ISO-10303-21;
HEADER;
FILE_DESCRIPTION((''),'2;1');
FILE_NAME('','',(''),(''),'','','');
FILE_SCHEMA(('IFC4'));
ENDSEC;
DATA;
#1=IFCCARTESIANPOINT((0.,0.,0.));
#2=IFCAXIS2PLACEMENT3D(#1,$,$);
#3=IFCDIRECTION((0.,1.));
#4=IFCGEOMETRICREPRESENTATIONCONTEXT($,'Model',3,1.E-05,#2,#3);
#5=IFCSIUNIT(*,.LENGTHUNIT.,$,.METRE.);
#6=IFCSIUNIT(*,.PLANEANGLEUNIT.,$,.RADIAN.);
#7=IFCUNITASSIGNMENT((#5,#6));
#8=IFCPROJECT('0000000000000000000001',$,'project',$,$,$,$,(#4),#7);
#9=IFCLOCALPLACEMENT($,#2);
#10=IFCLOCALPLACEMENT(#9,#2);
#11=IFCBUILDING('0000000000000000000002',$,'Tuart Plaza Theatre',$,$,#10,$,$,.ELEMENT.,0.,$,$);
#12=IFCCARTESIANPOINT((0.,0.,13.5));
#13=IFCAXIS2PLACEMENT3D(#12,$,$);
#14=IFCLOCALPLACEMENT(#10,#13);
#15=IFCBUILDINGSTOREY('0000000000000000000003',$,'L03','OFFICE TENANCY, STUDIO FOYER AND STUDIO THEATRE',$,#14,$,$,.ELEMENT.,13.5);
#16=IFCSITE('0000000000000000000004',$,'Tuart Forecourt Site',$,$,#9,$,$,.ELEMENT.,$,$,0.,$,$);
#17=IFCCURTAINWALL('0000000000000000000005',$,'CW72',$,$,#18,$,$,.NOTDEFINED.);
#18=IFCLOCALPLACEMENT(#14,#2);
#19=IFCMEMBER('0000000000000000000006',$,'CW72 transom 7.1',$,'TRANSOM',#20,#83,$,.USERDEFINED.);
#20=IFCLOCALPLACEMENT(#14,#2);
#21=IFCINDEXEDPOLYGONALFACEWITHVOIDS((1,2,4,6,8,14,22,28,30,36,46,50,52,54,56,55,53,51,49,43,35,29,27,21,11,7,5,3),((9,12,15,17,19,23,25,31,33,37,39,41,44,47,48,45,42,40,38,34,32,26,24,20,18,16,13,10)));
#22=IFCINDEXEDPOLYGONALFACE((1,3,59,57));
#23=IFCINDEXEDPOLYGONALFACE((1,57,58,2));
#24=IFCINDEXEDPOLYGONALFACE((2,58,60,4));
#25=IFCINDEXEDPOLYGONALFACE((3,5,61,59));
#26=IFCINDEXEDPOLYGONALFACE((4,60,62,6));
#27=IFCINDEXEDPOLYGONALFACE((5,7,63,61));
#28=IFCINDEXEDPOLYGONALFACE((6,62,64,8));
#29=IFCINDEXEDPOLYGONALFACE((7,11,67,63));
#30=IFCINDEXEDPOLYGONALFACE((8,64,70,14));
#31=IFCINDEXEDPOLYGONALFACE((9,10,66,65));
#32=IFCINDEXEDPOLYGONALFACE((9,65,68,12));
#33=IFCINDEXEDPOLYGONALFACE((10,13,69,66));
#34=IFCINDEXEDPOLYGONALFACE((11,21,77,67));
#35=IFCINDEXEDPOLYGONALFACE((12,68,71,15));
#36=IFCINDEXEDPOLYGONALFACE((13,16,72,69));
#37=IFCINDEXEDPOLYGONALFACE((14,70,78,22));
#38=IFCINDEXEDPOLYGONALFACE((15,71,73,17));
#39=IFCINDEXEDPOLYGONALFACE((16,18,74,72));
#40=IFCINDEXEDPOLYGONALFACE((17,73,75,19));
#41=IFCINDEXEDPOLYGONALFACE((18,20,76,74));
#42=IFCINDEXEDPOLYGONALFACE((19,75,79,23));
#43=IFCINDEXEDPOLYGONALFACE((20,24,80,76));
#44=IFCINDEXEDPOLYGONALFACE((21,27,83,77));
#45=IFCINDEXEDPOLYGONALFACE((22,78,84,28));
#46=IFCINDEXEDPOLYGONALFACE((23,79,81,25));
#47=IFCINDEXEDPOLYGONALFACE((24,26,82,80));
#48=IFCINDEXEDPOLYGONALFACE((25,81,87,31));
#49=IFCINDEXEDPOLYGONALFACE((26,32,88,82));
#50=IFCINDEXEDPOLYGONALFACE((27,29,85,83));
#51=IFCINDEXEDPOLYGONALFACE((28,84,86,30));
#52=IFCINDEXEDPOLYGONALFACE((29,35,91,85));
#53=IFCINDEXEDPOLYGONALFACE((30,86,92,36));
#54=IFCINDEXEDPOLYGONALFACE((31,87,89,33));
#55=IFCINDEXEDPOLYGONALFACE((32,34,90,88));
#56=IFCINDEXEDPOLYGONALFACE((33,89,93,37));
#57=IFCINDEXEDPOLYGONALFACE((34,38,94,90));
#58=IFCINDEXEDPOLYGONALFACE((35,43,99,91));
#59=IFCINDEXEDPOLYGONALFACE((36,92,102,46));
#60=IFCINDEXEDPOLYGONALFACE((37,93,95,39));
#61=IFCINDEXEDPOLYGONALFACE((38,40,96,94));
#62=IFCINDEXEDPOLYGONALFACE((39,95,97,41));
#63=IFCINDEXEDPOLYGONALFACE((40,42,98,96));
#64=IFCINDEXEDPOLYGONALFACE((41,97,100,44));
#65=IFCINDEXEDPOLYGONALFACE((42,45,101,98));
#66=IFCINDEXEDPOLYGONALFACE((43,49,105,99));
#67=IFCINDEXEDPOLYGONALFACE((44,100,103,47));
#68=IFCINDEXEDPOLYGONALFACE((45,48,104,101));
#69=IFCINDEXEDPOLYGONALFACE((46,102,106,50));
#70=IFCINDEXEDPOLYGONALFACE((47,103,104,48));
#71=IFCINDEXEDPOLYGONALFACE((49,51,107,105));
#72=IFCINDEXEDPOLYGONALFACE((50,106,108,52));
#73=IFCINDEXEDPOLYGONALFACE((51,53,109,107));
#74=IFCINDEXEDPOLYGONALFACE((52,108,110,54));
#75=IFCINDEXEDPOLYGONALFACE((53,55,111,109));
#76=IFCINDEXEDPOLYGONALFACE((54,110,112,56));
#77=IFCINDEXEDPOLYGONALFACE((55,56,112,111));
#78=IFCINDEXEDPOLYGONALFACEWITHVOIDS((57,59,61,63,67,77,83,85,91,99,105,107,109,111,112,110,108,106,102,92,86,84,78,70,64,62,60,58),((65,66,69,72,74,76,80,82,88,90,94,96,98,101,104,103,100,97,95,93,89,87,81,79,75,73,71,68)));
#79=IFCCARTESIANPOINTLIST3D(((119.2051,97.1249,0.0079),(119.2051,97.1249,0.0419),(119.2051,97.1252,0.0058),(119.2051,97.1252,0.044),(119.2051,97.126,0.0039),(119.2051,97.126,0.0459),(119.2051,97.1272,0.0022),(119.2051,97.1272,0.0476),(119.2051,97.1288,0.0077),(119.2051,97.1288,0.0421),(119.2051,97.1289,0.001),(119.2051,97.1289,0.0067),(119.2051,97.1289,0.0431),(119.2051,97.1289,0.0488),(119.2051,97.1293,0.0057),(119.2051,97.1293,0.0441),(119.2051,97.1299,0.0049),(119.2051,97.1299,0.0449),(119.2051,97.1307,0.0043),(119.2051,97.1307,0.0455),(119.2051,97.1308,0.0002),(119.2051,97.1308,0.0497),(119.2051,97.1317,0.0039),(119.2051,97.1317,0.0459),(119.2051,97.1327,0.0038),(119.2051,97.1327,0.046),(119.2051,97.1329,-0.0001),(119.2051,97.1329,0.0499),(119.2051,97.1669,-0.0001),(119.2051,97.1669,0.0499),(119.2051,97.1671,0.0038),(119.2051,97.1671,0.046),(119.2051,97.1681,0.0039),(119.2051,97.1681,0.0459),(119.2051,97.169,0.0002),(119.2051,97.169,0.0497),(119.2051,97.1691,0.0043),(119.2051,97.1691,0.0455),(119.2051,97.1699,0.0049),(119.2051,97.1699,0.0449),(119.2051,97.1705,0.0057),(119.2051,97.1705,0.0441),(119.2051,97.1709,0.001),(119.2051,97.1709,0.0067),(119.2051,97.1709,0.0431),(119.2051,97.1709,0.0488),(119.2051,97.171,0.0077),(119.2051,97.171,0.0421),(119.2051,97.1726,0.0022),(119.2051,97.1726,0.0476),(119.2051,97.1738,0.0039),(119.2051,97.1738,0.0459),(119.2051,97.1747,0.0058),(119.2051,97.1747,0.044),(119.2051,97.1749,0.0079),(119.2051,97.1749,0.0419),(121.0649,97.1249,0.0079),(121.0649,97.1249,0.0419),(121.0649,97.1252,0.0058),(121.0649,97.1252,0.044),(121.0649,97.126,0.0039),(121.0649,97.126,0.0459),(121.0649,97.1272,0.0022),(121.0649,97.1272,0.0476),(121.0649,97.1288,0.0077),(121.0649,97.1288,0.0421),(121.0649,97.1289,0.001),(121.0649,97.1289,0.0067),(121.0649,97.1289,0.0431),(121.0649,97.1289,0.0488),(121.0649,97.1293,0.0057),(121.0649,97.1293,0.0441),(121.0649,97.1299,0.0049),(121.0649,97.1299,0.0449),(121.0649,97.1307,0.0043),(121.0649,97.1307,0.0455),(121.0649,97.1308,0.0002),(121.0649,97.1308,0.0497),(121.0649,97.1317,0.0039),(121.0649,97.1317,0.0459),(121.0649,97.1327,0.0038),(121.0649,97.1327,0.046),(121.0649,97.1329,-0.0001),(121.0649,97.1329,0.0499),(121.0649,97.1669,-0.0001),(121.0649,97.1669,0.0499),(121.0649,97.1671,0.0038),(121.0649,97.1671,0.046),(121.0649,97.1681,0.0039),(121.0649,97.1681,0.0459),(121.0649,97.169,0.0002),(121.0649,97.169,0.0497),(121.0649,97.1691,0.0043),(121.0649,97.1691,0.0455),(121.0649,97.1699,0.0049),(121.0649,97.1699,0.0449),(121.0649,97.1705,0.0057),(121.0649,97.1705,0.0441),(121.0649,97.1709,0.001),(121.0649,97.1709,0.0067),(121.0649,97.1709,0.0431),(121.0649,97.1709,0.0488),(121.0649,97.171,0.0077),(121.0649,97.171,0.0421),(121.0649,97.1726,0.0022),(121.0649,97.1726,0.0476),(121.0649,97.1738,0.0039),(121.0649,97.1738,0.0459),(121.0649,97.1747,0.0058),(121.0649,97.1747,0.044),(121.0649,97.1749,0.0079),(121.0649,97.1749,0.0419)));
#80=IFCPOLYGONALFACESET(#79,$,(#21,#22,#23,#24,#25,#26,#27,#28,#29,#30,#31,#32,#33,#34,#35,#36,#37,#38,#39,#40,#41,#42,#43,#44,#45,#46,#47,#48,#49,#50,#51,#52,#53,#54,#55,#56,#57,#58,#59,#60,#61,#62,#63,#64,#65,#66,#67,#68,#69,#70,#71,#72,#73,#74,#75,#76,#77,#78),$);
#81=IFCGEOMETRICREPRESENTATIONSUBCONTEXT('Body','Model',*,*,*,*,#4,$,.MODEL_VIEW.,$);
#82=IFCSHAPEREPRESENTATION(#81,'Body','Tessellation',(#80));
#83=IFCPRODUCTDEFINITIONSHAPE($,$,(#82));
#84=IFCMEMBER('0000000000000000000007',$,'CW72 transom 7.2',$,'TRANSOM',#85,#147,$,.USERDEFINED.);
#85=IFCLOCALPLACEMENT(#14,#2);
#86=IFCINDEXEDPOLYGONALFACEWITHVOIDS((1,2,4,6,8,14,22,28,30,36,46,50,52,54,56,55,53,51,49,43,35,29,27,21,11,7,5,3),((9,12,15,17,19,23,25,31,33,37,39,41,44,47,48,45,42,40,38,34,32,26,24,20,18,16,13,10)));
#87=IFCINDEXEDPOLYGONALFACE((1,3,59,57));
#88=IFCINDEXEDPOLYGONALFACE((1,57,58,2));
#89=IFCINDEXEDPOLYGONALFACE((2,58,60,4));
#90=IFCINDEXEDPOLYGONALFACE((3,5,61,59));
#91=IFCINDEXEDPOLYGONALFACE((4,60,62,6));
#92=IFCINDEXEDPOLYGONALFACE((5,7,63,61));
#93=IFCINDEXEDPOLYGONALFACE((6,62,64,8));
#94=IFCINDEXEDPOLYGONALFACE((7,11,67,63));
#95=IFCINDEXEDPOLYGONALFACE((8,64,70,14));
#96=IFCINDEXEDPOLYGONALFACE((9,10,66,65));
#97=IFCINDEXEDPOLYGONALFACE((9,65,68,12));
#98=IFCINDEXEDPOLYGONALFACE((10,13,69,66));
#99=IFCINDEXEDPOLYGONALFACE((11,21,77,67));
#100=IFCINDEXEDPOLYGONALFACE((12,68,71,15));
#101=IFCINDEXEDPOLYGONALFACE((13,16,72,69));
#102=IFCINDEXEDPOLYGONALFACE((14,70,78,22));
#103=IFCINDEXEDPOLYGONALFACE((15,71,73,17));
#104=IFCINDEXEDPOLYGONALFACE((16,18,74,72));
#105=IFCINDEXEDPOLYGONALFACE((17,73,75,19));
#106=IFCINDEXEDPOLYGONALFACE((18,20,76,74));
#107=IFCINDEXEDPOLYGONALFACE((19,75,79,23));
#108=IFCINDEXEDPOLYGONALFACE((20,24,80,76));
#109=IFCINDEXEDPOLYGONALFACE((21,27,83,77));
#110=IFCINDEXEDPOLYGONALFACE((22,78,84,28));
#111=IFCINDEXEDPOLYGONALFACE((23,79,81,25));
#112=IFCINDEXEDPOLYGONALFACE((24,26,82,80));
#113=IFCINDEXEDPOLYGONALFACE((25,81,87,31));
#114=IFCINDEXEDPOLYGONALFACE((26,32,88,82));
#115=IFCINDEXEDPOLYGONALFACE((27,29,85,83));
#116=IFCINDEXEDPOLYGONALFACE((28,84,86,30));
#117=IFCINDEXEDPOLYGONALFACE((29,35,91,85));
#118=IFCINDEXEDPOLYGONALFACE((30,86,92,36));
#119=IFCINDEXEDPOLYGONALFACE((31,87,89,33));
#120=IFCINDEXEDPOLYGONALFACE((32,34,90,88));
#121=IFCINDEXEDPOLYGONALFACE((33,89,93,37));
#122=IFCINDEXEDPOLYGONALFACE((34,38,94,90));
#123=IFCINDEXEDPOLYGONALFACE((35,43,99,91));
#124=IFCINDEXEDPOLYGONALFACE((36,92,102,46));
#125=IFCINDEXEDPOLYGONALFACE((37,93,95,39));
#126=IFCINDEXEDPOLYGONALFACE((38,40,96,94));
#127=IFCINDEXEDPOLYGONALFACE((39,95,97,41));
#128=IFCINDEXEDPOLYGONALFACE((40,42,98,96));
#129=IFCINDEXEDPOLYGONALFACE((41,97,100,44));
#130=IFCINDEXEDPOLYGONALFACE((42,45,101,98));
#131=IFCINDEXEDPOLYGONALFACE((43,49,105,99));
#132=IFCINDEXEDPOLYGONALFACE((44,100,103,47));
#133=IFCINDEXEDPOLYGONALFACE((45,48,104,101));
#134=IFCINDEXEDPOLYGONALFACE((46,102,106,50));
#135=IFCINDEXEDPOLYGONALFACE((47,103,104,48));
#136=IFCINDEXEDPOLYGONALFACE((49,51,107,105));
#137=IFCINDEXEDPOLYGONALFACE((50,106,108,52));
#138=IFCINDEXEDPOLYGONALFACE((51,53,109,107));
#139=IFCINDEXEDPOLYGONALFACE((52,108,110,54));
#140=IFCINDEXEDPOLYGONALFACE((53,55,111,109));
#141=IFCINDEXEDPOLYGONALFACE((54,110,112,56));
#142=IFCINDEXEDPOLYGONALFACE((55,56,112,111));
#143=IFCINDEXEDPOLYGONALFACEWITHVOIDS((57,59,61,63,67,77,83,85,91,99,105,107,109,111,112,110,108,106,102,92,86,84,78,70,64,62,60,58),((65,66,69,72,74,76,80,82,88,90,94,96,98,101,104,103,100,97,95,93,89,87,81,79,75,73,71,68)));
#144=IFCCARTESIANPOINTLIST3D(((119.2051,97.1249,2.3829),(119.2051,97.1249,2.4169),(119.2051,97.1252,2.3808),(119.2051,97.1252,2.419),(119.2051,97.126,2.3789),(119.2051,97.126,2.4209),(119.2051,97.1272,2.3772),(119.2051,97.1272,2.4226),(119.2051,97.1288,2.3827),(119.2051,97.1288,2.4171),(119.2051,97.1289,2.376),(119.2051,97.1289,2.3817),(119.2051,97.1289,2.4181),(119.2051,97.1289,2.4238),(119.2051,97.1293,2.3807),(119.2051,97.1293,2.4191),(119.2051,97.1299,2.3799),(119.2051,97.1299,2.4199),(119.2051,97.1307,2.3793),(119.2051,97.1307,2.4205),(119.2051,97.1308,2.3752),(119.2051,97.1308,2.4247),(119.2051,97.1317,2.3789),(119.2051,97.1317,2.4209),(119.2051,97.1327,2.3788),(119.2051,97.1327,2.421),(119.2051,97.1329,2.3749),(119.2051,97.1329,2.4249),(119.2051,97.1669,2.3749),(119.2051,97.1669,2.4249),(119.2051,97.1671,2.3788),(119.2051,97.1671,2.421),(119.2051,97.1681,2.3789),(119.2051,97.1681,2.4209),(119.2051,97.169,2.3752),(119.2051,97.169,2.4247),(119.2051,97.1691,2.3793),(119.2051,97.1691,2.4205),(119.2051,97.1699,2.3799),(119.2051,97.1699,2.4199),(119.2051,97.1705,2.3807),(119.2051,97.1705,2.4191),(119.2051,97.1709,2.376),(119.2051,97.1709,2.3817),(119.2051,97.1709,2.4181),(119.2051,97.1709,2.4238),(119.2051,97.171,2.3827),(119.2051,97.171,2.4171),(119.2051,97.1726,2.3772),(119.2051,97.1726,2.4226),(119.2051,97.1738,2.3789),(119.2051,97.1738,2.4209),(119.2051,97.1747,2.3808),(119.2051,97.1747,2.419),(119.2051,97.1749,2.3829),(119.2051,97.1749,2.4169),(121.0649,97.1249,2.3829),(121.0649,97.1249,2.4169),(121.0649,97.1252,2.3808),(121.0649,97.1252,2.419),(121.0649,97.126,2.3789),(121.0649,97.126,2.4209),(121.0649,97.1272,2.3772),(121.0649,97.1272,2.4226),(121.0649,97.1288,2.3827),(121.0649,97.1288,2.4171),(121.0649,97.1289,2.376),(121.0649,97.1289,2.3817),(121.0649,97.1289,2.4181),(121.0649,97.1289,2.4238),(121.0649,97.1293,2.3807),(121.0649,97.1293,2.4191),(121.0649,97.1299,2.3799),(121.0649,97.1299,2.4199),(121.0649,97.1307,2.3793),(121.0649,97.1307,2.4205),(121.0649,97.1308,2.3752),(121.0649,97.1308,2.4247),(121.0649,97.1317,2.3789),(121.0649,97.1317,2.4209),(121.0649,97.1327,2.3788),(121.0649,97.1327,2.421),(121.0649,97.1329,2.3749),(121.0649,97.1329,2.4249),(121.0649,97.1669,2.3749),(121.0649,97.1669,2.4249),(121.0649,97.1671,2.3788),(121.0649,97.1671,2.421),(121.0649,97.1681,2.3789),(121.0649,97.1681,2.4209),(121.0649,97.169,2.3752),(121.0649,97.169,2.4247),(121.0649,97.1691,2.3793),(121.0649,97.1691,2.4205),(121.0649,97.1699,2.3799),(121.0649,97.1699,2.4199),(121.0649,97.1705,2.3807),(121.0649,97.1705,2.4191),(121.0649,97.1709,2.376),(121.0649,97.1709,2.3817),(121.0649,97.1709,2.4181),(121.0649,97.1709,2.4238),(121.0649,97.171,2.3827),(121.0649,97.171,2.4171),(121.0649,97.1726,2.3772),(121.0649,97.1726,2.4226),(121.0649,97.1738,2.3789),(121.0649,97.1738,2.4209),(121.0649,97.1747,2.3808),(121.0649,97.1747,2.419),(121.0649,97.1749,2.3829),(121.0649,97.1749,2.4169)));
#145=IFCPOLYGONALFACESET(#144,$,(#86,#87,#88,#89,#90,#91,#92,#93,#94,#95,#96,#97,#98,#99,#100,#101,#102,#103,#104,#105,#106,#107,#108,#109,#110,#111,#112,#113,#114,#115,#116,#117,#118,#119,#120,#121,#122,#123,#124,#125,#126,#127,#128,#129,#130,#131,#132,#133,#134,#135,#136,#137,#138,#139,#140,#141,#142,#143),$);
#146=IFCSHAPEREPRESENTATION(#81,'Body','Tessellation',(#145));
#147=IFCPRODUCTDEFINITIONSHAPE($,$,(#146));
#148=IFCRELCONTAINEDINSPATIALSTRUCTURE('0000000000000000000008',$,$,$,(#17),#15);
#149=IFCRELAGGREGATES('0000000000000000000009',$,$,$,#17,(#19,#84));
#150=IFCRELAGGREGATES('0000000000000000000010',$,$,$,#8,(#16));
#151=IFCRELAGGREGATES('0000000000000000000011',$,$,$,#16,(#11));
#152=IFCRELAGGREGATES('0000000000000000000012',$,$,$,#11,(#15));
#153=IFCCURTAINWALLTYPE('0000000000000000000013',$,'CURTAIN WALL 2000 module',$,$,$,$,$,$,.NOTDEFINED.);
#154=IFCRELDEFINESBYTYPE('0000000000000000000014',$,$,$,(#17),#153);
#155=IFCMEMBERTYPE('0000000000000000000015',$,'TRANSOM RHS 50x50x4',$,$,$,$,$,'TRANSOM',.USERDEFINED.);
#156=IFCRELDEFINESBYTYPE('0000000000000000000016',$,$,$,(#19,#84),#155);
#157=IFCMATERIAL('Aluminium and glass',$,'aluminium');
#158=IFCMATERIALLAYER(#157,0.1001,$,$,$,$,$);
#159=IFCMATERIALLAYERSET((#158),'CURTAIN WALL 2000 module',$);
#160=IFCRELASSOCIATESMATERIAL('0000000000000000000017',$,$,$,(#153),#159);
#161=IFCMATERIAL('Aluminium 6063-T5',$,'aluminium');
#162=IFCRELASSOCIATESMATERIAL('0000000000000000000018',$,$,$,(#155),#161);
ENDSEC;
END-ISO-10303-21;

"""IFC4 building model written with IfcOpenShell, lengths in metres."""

from ifc_helpers import new_model, si_unit, direction, frame, origin, origin_2d, place, context, subcontext, project, spatial, hollow_rectangle, extrude, material, layer, layer_set, material_profile, profile_set, type_object, element, aggregate, save


model = new_model("IFC4")

# Units and contexts
model_context = context("Model", 3, precision=1e-05, world=origin(), true_north=direction((0.0, 1.0)))
body_context = subcontext(model_context, "Body", "Model", "MODEL_VIEW")
ifc_project = project(units=[si_unit("LENGTHUNIT", "METRE"), si_unit("PLANEANGLEUNIT", "RADIAN")], contexts=[model_context])

# Site, building, storey
site_placement = place(None, origin())
site = spatial("IfcSite", under=ifc_project, at=site_placement, Name="Tuart Forecourt Site", CompositionType="ELEMENT", RefElevation=0.0)
building_placement = place(site_placement, origin())
building = spatial("IfcBuilding", under=site, at=building_placement, Name="Tuart Plaza Theatre", CompositionType="ELEMENT", ElevationOfRefHeight=0.0)
storey_placement = place(building_placement, frame((0.0, 0.0, 13.5)))
storey = spatial("IfcBuildingStorey", under=building, at=storey_placement, Name="L03", Description="OFFICE TENANCY, STUDIO FOYER AND STUDIO THEATRE", CompositionType="ELEMENT", Elevation=13.5)

# Curtain wall, members
ifc_material_1 = material(Name="Aluminium and glass", Category="aluminium")
ifc_layer_1 = layer(ifc_material_1, 0.1001)
ifc_layer_set_1 = layer_set([ifc_layer_1], Name="CURTAIN WALL 2000 module")
curtain_wall_type = type_object("IfcCurtainWallType", Name="CURTAIN WALL 2000 module", PredefinedType="NOTDEFINED", material=ifc_layer_set_1)
curtain_wall_placement = place(storey_placement, origin())
curtain_wall = element("IfcCurtainWall", 1, at=curtain_wall_placement, inside=storey, type_object=curtain_wall_type, Name="CW72", PredefinedType="NOTDEFINED")
ifc_material_2 = material(Name="Aluminium 6063-T5", Category="aluminium")
ifc_material_profile_1 = material_profile(ifc_material_2, hollow_rectangle(XDim=0.05, YDim=0.05, WallThickness=0.0039, InnerFilletRadius=0.0039, OuterFilletRadius=0.0081, at=origin_2d()), Name="RHS 50x50x4")
ifc_profile_set_1 = profile_set([ifc_material_profile_1], Name="Aluminium 6063-T5")
member_type_1 = type_object("IfcMemberType", Name="TRANSOM RHS 50x50x4", ElementType="TRANSOM", PredefinedType="USERDEFINED", material=ifc_profile_set_1)
member_1_placement = place(storey_placement, frame((121.0649, 97.1499, 0.0249), z_axis=(-1.0, 0.0, 0.0), x_axis=(0.0, -1.0, 0.0)))
member_1 = element("IfcMember", 2, at=member_1_placement, type_object=member_type_1, Name="CW72 transom 7.1", ObjectType="TRANSOM", PredefinedType="USERDEFINED", context=body_context, shape_type="SweptSolid", body=[
    extrude(hollow_rectangle(XDim=0.05, YDim=0.05, WallThickness=0.0039, InnerFilletRadius=0.0039, OuterFilletRadius=0.0081, at=origin_2d()), origin(), (0.0, 0.0, 1.0), 1.8599),
])
member_2_placement = place(storey_placement, frame((121.0649, 97.1499, 2.3999), z_axis=(-1.0, 0.0, 0.0), x_axis=(0.0, -1.0, 0.0)))
member_2 = element("IfcMember", 3, at=member_2_placement, type_object=member_type_1, Name="CW72 transom 7.2", ObjectType="TRANSOM", PredefinedType="USERDEFINED", context=body_context, shape_type="SweptSolid", body=[
    extrude(hollow_rectangle(XDim=0.05, YDim=0.05, WallThickness=0.0039, InnerFilletRadius=0.0039, OuterFilletRadius=0.0081, at=origin_2d()), origin(), (0.0, 0.0, 1.0), 1.8599),
])
aggregate(curtain_wall, [member_1, member_2])

save(model, "model.ifc")
